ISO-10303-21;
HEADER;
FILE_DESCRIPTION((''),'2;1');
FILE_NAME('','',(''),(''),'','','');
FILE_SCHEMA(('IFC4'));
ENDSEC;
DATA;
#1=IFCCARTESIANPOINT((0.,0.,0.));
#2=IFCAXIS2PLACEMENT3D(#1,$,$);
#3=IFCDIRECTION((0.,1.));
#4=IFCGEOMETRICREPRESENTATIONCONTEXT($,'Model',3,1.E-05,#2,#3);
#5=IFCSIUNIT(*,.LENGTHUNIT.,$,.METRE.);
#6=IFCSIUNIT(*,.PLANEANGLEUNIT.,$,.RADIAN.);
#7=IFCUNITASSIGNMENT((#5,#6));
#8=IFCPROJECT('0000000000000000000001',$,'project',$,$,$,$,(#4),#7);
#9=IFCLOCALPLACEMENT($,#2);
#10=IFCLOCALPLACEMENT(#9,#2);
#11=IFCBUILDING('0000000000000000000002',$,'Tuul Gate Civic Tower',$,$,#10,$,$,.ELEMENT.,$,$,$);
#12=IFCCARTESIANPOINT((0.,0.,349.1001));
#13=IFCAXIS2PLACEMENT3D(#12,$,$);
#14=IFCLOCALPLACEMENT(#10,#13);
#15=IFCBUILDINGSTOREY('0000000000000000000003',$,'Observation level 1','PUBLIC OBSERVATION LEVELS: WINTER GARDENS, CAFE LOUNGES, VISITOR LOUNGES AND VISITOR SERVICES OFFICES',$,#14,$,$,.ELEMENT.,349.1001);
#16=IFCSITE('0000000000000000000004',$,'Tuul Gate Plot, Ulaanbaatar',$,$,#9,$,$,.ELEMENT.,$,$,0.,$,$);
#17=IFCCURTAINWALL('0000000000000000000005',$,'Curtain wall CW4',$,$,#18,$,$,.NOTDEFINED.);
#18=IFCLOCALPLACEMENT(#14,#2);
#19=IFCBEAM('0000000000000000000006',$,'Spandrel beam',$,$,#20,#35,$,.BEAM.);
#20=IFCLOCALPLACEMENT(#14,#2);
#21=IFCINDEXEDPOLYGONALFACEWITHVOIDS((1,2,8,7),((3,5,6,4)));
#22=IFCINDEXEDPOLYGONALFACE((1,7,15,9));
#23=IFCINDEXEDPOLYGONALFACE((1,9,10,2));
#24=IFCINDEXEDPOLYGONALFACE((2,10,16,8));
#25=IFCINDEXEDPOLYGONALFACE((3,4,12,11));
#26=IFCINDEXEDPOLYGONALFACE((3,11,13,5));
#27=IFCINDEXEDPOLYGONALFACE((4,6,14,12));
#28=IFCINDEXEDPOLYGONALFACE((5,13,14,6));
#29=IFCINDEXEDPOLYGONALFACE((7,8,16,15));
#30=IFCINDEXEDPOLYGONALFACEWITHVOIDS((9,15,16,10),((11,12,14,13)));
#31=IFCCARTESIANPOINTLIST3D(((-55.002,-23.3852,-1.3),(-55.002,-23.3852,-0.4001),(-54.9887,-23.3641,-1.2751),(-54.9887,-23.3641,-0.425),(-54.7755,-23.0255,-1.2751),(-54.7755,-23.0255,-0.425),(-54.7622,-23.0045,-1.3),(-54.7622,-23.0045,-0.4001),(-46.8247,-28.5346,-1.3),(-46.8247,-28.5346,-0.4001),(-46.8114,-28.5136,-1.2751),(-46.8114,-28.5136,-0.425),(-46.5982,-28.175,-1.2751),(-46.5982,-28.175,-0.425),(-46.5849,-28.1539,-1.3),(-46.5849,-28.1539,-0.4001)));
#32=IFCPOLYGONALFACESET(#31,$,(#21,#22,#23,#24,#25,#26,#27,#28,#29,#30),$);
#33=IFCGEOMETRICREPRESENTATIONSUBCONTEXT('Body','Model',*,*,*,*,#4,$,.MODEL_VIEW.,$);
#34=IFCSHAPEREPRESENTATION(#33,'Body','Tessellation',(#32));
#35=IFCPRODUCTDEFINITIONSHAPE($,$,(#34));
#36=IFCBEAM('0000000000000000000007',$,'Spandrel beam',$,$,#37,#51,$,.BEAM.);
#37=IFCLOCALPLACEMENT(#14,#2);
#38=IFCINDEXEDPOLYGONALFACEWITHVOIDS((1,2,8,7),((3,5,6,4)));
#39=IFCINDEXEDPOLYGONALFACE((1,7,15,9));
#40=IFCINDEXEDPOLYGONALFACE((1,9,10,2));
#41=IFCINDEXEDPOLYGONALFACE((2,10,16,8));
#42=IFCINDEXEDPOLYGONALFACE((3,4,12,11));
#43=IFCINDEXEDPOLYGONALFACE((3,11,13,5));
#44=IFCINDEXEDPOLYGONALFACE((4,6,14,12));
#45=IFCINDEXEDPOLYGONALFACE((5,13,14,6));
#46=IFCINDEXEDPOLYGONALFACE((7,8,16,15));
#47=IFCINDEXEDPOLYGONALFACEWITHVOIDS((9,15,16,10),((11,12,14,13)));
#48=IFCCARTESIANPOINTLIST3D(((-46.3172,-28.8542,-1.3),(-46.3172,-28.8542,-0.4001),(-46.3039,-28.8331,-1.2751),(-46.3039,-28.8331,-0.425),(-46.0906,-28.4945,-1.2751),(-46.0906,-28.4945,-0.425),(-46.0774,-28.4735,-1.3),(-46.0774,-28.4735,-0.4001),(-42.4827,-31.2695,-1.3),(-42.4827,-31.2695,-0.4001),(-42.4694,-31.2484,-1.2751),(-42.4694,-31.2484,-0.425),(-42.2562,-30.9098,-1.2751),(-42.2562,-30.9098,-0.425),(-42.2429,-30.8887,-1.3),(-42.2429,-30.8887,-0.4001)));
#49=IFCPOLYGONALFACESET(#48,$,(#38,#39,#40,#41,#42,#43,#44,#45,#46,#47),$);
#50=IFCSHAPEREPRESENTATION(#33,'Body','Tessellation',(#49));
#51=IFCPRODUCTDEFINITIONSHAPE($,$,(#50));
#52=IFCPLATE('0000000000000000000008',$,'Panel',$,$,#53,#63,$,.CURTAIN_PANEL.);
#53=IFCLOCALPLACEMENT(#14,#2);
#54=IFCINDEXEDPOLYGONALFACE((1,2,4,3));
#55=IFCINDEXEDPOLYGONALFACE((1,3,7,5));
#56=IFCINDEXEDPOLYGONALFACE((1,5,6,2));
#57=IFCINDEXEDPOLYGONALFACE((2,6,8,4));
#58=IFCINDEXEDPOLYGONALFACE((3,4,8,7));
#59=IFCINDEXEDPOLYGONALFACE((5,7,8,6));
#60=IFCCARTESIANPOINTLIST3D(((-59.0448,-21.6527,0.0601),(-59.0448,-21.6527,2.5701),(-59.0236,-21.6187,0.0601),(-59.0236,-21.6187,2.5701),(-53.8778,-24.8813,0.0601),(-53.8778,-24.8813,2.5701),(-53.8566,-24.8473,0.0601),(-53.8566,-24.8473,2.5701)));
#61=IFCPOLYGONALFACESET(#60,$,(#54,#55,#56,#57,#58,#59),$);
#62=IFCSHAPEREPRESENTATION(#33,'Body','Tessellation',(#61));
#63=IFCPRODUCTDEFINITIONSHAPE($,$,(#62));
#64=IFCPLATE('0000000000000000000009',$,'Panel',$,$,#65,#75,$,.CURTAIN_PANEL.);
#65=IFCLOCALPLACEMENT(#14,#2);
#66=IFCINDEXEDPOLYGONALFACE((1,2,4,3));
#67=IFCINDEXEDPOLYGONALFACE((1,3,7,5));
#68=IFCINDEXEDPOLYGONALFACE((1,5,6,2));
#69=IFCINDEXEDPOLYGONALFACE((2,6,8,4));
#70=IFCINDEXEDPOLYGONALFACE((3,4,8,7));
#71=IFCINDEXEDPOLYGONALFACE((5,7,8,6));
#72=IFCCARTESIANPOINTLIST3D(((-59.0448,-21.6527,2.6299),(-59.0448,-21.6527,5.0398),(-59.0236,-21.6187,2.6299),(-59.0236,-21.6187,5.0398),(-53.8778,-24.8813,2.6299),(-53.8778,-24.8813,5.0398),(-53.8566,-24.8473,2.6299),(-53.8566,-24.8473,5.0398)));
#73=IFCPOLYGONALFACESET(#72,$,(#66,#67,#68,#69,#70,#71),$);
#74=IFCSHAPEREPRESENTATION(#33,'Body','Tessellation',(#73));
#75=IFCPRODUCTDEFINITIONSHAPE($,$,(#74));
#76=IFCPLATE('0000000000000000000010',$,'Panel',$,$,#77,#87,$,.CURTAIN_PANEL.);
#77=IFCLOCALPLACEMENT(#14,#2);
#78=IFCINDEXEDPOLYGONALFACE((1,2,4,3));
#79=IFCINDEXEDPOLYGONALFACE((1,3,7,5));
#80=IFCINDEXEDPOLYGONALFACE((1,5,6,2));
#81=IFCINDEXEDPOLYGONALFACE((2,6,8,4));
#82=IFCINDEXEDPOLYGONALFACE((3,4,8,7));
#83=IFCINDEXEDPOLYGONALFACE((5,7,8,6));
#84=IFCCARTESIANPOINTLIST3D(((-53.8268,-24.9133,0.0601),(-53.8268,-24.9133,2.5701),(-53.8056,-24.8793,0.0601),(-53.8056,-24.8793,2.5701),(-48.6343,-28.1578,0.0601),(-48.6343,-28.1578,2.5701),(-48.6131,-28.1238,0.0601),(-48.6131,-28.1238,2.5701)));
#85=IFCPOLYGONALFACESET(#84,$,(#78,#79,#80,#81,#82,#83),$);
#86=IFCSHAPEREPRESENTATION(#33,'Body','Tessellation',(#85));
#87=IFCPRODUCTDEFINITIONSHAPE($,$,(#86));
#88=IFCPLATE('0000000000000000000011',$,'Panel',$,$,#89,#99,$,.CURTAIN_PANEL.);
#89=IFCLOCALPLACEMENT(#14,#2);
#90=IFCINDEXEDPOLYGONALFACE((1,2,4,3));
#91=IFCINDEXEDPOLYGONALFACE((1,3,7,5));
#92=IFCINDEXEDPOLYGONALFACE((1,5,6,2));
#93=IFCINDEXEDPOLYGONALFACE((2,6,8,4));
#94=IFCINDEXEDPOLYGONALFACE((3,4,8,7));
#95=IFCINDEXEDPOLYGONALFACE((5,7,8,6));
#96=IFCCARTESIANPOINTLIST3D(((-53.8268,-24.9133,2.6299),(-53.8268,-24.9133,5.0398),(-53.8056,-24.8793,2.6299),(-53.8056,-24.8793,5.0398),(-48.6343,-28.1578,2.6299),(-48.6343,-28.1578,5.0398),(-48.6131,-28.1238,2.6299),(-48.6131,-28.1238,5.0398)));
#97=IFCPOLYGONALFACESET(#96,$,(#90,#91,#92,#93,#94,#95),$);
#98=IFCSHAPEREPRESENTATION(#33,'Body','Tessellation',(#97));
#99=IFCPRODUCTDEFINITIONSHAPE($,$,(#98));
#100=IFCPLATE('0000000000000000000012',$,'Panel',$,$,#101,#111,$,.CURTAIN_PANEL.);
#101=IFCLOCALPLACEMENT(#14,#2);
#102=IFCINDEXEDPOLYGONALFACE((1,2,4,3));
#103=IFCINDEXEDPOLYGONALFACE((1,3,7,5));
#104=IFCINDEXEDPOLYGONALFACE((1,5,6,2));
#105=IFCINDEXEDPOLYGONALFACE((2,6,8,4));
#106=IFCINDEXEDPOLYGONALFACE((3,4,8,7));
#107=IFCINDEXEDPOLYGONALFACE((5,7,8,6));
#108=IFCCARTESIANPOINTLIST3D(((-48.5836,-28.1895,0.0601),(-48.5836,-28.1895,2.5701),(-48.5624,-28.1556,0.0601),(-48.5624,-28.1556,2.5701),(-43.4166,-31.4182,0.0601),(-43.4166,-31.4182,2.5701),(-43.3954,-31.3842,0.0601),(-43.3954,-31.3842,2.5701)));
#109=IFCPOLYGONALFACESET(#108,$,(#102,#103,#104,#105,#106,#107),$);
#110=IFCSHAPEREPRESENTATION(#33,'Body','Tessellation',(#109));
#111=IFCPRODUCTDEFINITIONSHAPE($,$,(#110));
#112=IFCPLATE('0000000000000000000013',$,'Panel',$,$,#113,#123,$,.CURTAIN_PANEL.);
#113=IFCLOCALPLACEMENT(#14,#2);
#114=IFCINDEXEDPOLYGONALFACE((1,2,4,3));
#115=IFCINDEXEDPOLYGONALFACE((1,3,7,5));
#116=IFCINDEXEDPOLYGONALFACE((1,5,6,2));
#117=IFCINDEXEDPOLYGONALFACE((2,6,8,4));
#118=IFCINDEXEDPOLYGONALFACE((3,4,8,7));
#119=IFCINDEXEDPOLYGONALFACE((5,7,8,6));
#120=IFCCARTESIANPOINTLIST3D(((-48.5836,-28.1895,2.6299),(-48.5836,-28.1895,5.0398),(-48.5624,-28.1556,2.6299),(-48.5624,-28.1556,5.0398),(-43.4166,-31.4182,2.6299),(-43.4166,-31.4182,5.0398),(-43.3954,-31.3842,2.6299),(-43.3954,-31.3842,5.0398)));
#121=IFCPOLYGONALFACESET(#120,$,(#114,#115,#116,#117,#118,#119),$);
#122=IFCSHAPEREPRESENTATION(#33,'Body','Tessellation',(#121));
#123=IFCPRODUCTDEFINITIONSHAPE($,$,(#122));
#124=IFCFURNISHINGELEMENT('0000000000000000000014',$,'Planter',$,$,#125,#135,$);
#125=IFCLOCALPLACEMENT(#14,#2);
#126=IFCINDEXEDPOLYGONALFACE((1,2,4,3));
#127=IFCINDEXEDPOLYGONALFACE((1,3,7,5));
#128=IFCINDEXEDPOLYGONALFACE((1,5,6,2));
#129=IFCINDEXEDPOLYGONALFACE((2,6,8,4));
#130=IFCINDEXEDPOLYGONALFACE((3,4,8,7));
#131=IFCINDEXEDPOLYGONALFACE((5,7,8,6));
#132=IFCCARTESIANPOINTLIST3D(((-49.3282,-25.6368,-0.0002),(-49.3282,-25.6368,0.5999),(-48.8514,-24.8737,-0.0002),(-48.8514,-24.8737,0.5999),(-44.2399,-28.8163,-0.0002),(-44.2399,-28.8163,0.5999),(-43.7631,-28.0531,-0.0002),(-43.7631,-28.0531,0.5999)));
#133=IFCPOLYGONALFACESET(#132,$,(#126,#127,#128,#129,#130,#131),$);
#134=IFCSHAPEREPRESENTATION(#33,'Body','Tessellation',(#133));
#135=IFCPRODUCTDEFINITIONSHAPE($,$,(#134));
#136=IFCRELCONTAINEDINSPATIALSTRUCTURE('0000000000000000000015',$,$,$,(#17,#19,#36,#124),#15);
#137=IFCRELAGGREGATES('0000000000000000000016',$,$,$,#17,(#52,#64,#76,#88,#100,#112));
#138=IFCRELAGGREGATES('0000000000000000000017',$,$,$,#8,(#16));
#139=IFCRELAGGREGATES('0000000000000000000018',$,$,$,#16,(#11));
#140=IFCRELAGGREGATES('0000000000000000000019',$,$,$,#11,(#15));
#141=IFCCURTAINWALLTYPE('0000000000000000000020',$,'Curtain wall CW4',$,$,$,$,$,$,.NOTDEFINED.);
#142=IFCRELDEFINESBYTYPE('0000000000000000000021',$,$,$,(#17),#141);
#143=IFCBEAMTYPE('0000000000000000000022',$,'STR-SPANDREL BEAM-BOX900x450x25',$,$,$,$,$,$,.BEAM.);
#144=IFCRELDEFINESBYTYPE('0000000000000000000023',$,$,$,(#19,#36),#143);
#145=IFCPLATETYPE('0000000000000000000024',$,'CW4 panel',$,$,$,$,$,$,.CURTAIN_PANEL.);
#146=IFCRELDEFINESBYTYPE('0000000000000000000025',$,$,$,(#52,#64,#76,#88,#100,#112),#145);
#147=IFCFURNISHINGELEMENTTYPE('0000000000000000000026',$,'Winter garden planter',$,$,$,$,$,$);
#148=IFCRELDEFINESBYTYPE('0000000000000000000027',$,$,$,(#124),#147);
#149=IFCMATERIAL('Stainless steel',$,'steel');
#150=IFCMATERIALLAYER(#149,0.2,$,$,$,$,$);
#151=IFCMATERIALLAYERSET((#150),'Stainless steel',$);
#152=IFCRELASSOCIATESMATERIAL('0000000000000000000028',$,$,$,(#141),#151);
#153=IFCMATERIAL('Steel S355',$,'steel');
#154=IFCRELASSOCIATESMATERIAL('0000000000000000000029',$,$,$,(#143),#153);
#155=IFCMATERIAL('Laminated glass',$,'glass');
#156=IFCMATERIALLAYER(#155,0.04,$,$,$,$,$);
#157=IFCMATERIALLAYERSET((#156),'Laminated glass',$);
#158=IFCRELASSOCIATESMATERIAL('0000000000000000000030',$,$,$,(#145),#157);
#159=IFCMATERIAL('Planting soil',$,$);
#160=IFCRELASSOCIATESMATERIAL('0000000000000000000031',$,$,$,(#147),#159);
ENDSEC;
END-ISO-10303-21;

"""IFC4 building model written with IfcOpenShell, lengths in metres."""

from ifc_helpers import new_model, si_unit, direction, frame, origin, origin_2d, place, context, subcontext, project, spatial, rectangle, hollow_rectangle, extrude, material, layer, layer_set, material_profile, profile_set, type_object, element, aggregate, save


model = new_model("IFC4")

# Units and contexts
model_context = context("Model", 3, precision=1e-05, world=origin(), true_north=direction((0.0, 1.0)))
body_context = subcontext(model_context, "Body", "Model", "MODEL_VIEW")
ifc_project = project(units=[si_unit("LENGTHUNIT", "METRE"), si_unit("PLANEANGLEUNIT", "RADIAN")], contexts=[model_context])

# Site, building, storey
site_placement = place(None, origin())
site = spatial("IfcSite", under=ifc_project, at=site_placement, Name="Tuul Gate Plot, Ulaanbaatar", CompositionType="ELEMENT", RefElevation=0.0)
building_placement = place(site_placement, origin())
building = spatial("IfcBuilding", under=site, at=building_placement, Name="Tuul Gate Civic Tower", CompositionType="ELEMENT")
storey_placement = place(building_placement, frame((0.0, 0.0, 349.1001)))
storey = spatial("IfcBuildingStorey", under=building, at=storey_placement, Name="Observation level 1", Description="PUBLIC OBSERVATION LEVELS: WINTER GARDENS, CAFE LOUNGES, VISITOR LOUNGES AND VISITOR SERVICES OFFICES", CompositionType="ELEMENT", Elevation=349.1001)

# Curtain wall
ifc_material_1 = material(Name="Stainless steel", Category="steel")
ifc_layer_1 = layer(ifc_material_1, 0.2)
ifc_layer_set_1 = layer_set([ifc_layer_1], Name="Stainless steel")
curtain_wall_type = type_object("IfcCurtainWallType", Name="Curtain wall CW4", PredefinedType="NOTDEFINED", material=ifc_layer_set_1)
curtain_wall_placement = place(storey_placement, origin())
curtain_wall = element("IfcCurtainWall", 1, at=curtain_wall_placement, inside=storey, type_object=curtain_wall_type, Name="Curtain wall CW4", PredefinedType="NOTDEFINED")

# Beams
ifc_material_2 = material(Name="Steel S355", Category="steel")
ifc_material_profile_1 = material_profile(ifc_material_2, hollow_rectangle(XDim=0.45, YDim=0.8999, WallThickness=0.0249, at=origin_2d()), Name="BOX900x450x25")
ifc_profile_set_1 = profile_set([ifc_material_profile_1], Name="Steel S355")
beam_type = type_object("IfcBeamType", Name="STR-SPANDREL BEAM-BOX900x450x25", PredefinedType="BEAM", material=ifc_profile_set_1)
beam_1_placement = place(storey_placement, frame((-54.8821, -23.1948, -0.8501), z_axis=(0.846197, -0.532871, 0.0), x_axis=(0.532871, 0.846197, 0.0)))
element("IfcBeam", 2, at=beam_1_placement, inside=storey, type_object=beam_type, Name="Spandrel beam", PredefinedType="BEAM", context=body_context, shape_type="SweptSolid", body=[
    extrude(hollow_rectangle(XDim=0.45, YDim=0.8999, WallThickness=0.0249, at=origin_2d()), origin(), (0.0, 0.0, 1.0), 9.6636),
])
beam_2_placement = place(storey_placement, frame((-46.1973, -28.6638, -0.8501), z_axis=(0.846135, -0.532969, 0.0), x_axis=(0.532969, 0.846135, 0.0)))
element("IfcBeam", 3, at=beam_2_placement, inside=storey, type_object=beam_type, Name="Spandrel beam", PredefinedType="BEAM", context=body_context, shape_type="SweptSolid", body=[
    extrude(hollow_rectangle(XDim=0.45, YDim=0.8999, WallThickness=0.0249, at=origin_2d()), origin(), (0.0, 0.0, 1.0), 4.5317),
])

# Plates
ifc_material_3 = material(Name="Laminated glass", Category="glass")
ifc_layer_2 = layer(ifc_material_3, 0.04)
ifc_layer_set_2 = layer_set([ifc_layer_2], Name="Laminated glass")
plate_type = type_object("IfcPlateType", Name="CW4 panel", PredefinedType="CURTAIN_PANEL", material=ifc_layer_set_2)
plate_1_placement = place(storey_placement, frame((-56.4507, -23.25, 0.0601), z_axis=(0.0, 0.0, 1.0), x_axis=(0.848053, -0.529912, 0.0)))
plate_1 = element("IfcPlate", 4, at=plate_1_placement, type_object=plate_type, Name="Panel", PredefinedType="CURTAIN_PANEL", context=body_context, shape_type="SweptSolid", body=[
    extrude(rectangle(XDim=6.0928, YDim=0.04, at=origin_2d()), origin(), (0.0, 0.0, 1.0), 2.51),
])
plate_2_placement = place(storey_placement, frame((-56.4507, -23.25, 2.6299), z_axis=(0.0, 0.0, 1.0), x_axis=(0.848053, -0.529912, 0.0)))
plate_2 = element("IfcPlate", 5, at=plate_2_placement, type_object=plate_type, Name="Panel", PredefinedType="CURTAIN_PANEL", context=body_context, shape_type="SweptSolid", body=[
    extrude(rectangle(XDim=6.0928, YDim=0.04, at=origin_2d()), origin(), (0.0, 0.0, 1.0), 2.4099),
])
plate_3_placement = place(storey_placement, frame((-51.22, -26.5186, 0.0601), z_axis=(0.0, 0.0, 1.0), x_axis=(0.848053, -0.529912, 0.0)))
plate_3 = element("IfcPlate", 6, at=plate_3_placement, type_object=plate_type, Name="Panel", PredefinedType="CURTAIN_PANEL", context=body_context, shape_type="SweptSolid", body=[
    extrude(rectangle(XDim=6.1228, YDim=0.04, at=origin_2d()), origin(), (0.0, 0.0, 1.0), 2.51),
])
plate_4_placement = place(storey_placement, frame((-51.22, -26.5186, 2.6299), z_axis=(0.0, 0.0, 1.0), x_axis=(0.848053, -0.529912, 0.0)))
plate_4 = element("IfcPlate", 7, at=plate_4_placement, type_object=plate_type, Name="Panel", PredefinedType="CURTAIN_PANEL", context=body_context, shape_type="SweptSolid", body=[
    extrude(rectangle(XDim=6.1228, YDim=0.04, at=origin_2d()), origin(), (0.0, 0.0, 1.0), 2.4099),
])
plate_5_placement = place(storey_placement, frame((-45.9895, -29.7869, 0.0601), z_axis=(0.0, 0.0, 1.0), x_axis=(0.848053, -0.529912, 0.0)))
plate_5 = element("IfcPlate", 8, at=plate_5_placement, type_object=plate_type, Name="Panel", PredefinedType="CURTAIN_PANEL", context=body_context, shape_type="SweptSolid", body=[
    extrude(rectangle(XDim=6.0928, YDim=0.04, at=origin_2d()), origin(), (0.0, 0.0, 1.0), 2.51),
])
plate_6_placement = place(storey_placement, frame((-45.9895, -29.7869, 2.6299), z_axis=(0.0, 0.0, 1.0), x_axis=(0.848053, -0.529912, 0.0)))
plate_6 = element("IfcPlate", 9, at=plate_6_placement, type_object=plate_type, Name="Panel", PredefinedType="CURTAIN_PANEL", context=body_context, shape_type="SweptSolid", body=[
    extrude(rectangle(XDim=6.0928, YDim=0.04, at=origin_2d()), origin(), (0.0, 0.0, 1.0), 2.4099),
])
aggregate(curtain_wall, [plate_1, plate_2, plate_3, plate_4, plate_5, plate_6])

# Furnishing element
ifc_material_4 = material(Name="Planting soil")
furnishing_element_type = type_object("IfcFurnishingElementType", Name="Winter garden planter", material=ifc_material_4)
furnishing_placement = place(storey_placement, frame((-46.5457, -26.845, -0.0002), z_axis=(0.0, 0.0, 1.0), x_axis=(0.848053, -0.529912, 0.0)))
element("IfcFurnishingElement", 10, at=furnishing_placement, inside=storey, type_object=furnishing_element_type, Name="Planter", context=body_context, shape_type="SweptSolid", body=[
    extrude(rectangle(XDim=6.0, YDim=0.8999, at=origin_2d()), origin(), (0.0, 0.0, 1.0), 0.6001),
])

save(model, "model.ifc")
